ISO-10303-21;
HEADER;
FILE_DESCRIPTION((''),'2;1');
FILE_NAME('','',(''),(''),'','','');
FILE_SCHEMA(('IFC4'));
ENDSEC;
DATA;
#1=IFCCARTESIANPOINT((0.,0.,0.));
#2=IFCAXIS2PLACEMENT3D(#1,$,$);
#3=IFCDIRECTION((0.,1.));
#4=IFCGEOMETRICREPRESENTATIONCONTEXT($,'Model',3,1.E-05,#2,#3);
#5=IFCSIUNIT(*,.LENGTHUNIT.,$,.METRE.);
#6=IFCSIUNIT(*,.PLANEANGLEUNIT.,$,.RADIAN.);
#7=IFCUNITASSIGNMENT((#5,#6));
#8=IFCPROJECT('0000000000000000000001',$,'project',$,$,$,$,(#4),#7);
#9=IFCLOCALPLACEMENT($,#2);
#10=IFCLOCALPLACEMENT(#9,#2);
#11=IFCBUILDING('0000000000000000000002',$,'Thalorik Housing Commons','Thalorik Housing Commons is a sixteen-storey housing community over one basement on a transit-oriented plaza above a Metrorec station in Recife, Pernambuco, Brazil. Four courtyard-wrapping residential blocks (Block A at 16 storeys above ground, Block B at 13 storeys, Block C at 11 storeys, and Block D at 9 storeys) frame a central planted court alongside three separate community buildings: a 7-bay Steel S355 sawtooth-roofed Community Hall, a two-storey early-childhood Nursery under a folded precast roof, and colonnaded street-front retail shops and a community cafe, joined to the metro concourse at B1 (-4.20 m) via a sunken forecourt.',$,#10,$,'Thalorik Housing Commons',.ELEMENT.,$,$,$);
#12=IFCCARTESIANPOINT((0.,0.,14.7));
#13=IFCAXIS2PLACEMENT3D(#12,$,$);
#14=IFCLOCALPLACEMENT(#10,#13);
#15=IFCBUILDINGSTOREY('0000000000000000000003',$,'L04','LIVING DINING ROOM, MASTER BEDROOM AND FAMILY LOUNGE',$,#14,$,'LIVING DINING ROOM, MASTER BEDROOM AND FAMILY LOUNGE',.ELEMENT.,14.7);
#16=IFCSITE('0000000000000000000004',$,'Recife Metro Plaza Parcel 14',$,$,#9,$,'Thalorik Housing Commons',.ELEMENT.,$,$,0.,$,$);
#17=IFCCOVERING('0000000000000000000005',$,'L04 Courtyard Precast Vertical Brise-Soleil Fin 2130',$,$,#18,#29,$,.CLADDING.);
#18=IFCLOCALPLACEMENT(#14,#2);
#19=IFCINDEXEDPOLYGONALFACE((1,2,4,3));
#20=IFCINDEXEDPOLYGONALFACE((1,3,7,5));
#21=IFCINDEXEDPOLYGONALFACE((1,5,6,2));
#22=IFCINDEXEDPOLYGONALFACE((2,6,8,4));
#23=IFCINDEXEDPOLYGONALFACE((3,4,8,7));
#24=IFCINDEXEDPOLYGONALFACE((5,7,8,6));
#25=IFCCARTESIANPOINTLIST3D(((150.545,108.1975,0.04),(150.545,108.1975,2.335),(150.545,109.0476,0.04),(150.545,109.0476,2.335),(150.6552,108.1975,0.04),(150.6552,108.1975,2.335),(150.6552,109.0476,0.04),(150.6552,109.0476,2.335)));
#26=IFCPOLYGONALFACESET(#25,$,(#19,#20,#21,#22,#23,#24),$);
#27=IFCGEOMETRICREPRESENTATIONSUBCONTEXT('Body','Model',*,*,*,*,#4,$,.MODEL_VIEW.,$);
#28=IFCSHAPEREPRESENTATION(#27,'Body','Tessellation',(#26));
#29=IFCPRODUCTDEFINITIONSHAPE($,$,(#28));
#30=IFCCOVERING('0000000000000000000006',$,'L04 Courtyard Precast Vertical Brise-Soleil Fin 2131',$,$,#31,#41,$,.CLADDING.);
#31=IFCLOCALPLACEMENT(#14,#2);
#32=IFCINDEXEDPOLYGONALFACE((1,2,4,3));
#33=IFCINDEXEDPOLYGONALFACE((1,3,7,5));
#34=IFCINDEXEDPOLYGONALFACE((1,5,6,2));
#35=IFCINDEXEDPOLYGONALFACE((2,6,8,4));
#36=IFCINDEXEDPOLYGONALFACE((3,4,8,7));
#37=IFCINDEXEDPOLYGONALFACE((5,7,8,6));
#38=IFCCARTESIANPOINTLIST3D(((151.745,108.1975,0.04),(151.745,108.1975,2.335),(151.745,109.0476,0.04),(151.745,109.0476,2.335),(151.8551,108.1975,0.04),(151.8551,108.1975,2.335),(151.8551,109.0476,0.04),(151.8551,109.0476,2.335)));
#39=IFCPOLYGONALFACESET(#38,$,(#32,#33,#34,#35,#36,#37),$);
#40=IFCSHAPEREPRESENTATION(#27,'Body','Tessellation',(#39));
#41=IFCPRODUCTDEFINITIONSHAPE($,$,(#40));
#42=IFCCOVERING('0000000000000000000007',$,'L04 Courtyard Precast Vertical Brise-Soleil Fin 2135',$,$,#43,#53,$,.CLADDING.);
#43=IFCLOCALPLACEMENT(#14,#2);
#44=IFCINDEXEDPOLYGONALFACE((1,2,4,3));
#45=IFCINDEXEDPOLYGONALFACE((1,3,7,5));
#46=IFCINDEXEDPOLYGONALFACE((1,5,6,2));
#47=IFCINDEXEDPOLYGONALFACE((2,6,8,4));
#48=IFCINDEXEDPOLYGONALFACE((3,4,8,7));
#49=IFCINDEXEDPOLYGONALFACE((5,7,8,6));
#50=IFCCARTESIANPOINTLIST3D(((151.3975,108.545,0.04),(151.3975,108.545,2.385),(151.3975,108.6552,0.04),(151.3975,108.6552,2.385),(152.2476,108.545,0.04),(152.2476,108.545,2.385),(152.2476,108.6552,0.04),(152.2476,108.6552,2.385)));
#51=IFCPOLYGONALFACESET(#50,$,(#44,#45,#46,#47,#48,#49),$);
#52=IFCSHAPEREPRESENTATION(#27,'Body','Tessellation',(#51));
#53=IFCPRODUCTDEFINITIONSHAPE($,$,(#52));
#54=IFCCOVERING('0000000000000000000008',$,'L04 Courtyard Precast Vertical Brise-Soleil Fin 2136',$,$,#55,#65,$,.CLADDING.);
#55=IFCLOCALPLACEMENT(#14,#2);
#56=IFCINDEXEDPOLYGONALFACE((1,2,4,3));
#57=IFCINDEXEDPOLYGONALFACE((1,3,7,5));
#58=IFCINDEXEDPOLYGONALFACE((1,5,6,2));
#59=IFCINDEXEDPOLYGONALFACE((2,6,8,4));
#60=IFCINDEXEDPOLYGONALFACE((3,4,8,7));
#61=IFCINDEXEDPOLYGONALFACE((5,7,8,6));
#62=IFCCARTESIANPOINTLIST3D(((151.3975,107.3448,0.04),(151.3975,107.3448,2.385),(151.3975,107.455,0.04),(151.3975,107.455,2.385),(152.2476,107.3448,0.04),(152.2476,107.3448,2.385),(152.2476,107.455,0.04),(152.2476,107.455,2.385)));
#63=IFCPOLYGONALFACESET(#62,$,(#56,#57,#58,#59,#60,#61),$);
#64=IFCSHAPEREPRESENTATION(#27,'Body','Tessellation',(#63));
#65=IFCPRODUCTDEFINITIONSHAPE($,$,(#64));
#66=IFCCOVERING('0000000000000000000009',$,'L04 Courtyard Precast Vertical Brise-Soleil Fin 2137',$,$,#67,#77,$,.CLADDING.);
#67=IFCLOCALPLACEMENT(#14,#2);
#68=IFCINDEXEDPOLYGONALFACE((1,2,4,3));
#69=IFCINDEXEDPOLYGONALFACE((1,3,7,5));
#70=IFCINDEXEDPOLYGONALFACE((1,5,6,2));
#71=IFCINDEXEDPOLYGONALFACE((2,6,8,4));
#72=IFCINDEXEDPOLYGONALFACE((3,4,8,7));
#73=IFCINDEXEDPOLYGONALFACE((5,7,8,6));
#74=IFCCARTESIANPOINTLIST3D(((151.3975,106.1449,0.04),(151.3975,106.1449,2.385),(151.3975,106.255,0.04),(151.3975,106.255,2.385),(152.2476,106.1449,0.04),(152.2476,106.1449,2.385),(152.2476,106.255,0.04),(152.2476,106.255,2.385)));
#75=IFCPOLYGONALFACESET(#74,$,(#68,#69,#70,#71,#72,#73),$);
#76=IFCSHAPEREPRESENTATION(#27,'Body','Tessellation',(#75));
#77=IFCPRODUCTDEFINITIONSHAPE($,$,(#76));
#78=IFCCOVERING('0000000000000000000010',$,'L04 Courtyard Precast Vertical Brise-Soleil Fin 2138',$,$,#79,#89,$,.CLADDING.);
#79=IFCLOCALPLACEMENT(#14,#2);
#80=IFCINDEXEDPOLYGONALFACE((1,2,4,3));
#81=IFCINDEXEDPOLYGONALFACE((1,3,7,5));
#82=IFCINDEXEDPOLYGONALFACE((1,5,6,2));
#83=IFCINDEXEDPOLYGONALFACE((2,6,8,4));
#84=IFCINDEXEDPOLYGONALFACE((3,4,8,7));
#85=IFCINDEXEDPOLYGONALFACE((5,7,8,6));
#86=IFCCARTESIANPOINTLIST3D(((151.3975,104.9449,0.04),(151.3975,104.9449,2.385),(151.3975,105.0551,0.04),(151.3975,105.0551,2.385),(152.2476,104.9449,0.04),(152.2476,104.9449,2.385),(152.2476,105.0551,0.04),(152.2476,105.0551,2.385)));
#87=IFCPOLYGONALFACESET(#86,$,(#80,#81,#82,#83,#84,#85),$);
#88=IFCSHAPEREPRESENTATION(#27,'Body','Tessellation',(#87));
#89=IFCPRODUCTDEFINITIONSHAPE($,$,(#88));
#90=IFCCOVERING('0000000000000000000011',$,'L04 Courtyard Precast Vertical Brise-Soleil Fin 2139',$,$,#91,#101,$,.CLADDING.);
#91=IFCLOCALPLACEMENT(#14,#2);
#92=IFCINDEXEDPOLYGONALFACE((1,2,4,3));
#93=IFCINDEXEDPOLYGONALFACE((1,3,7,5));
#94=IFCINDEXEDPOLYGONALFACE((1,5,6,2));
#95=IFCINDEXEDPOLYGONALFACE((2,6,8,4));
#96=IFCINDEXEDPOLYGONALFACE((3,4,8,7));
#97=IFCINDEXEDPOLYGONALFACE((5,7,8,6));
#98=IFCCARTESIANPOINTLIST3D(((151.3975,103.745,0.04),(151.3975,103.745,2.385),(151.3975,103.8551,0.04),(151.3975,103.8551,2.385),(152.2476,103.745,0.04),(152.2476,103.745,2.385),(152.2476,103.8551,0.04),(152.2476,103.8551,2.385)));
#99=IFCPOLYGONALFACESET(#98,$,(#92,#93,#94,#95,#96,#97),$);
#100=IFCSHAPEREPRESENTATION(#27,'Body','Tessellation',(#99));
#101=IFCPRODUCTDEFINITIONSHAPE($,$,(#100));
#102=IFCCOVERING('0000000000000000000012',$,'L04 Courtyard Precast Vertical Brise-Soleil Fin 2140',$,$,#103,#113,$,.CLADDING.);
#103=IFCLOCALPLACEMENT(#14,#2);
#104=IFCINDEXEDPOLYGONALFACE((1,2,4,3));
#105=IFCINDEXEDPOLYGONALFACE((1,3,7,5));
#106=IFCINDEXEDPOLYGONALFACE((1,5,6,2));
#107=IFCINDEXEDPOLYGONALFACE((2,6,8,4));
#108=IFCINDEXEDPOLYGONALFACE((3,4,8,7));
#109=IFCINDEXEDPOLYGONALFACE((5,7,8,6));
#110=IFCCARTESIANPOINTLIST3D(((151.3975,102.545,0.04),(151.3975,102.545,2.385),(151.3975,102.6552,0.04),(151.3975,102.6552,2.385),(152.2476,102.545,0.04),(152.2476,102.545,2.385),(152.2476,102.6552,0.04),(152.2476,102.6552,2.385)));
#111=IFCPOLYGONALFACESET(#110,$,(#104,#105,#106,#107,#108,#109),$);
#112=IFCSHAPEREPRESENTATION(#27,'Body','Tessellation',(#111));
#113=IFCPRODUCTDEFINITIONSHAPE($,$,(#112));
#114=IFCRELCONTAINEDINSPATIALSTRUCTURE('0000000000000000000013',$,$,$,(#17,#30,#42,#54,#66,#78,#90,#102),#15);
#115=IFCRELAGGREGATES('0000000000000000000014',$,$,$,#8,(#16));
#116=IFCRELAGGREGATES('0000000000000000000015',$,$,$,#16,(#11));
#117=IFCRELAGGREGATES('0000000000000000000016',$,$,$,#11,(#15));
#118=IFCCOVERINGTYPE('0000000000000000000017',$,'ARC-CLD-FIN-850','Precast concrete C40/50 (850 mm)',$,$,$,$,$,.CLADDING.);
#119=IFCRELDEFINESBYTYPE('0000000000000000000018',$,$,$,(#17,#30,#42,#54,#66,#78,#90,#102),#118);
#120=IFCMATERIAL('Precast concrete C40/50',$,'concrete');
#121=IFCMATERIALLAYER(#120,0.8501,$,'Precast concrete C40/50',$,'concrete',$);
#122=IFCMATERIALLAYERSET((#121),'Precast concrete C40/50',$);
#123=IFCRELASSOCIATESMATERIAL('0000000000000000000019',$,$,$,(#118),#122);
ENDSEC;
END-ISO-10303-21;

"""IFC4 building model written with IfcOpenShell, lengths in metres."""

from ifc_helpers import new_model, si_unit, direction, frame, origin, origin_2d, place, context, subcontext, project, spatial, rectangle, extrude, material, layer, layer_set, type_object, element, save


model = new_model("IFC4")

# Units and contexts
model_context = context("Model", 3, precision=1e-05, world=origin(), true_north=direction((0.0, 1.0)))
body_context = subcontext(model_context, "Body", "Model", "MODEL_VIEW")
ifc_project = project(units=[si_unit("LENGTHUNIT", "METRE"), si_unit("PLANEANGLEUNIT", "RADIAN")], contexts=[model_context])

# Site, building, storey
site_placement = place(None, origin())
site = spatial("IfcSite", under=ifc_project, at=site_placement, Name="Recife Metro Plaza Parcel 14", LongName="Thalorik Housing Commons", CompositionType="ELEMENT", RefElevation=0.0)
building_placement = place(site_placement, origin())
building = spatial("IfcBuilding", under=site, at=building_placement, Name="Thalorik Housing Commons", Description="Thalorik Housing Commons is a sixteen-storey housing community over one basement on a transit-oriented plaza above a Metrorec station in Recife, Pernambuco, Brazil. Four courtyard-wrapping residential blocks (Block A at 16 storeys above ground, Block B at 13 storeys, Block C at 11 storeys, and Block D at 9 storeys) frame a central planted court alongside three separate community buildings: a 7-bay Steel S355 sawtooth-roofed Community Hall, a two-storey early-childhood Nursery under a folded precast roof, and colonnaded street-front retail shops and a community cafe, joined to the metro concourse at B1 (-4.20 m) via a sunken forecourt.", LongName="Thalorik Housing Commons", CompositionType="ELEMENT")
storey_placement = place(building_placement, frame((0.0, 0.0, 14.7)))
storey = spatial("IfcBuildingStorey", under=building, at=storey_placement, Name="L04", Description="LIVING DINING ROOM, MASTER BEDROOM AND FAMILY LOUNGE", LongName="LIVING DINING ROOM, MASTER BEDROOM AND FAMILY LOUNGE", CompositionType="ELEMENT", Elevation=14.7)

# Coverings
ifc_material = material(Name="Precast concrete C40/50", Category="concrete")
ifc_layer = layer(ifc_material, 0.8501, Name="Precast concrete C40/50", Category="concrete")
ifc_layer_set = layer_set([ifc_layer], Name="Precast concrete C40/50")
covering_type = type_object("IfcCoveringType", Name="ARC-CLD-FIN-850", Description="Precast concrete C40/50 (850 mm)", PredefinedType="CLADDING", material=ifc_layer_set)
for number, where, z_axis, x_axis, name in (
    (1, (150.6001, 108.6226, 0.04), (0.0, 0.0, 1.0), (1.0, 0.0, 0.0), "L04 Courtyard Precast Vertical Brise-Soleil Fin 2130"),
    (2, (151.8, 108.6226, 0.04), (0.0, 0.0, 1.0), (1.0, 0.0, 0.0), "L04 Courtyard Precast Vertical Brise-Soleil Fin 2131"),
):
    element("IfcCovering", number, at=place(storey_placement, frame(where, z_axis=z_axis, x_axis=x_axis)), inside=storey, type_object=covering_type, Name=name, PredefinedType="CLADDING", context=body_context, shape_type="SweptSolid", body=[
        extrude(rectangle(XDim=0.1101, YDim=0.8501, at=origin_2d()), origin(), (0.0, 0.0, 1.0), 2.2949),
    ])
for number, where, z_axis, x_axis, name in (
    (3, (151.8225, 108.6001, 0.04), (0.0, 0.0, 1.0), (0.0, -1.0, 0.0), "L04 Courtyard Precast Vertical Brise-Soleil Fin 2135"),
    (4, (151.8225, 107.3999, 0.04), (0.0, 0.0, 1.0), (0.0, -1.0, 0.0), "L04 Courtyard Precast Vertical Brise-Soleil Fin 2136"),
    (5, (151.8225, 106.2, 0.04), (0.0, 0.0, 1.0), (0.0, -1.0, 0.0), "L04 Courtyard Precast Vertical Brise-Soleil Fin 2137"),
    (6, (151.8225, 105.0, 0.04), (0.0, 0.0, 1.0), (0.0, -1.0, 0.0), "L04 Courtyard Precast Vertical Brise-Soleil Fin 2138"),
    (7, (151.8225, 103.8, 0.04), (0.0, 0.0, 1.0), (0.0, -1.0, 0.0), "L04 Courtyard Precast Vertical Brise-Soleil Fin 2139"),
    (8, (151.8225, 102.6001, 0.04), (0.0, 0.0, 1.0), (0.0, -1.0, 0.0), "L04 Courtyard Precast Vertical Brise-Soleil Fin 2140"),
):
    element("IfcCovering", number, at=place(storey_placement, frame(where, z_axis=z_axis, x_axis=x_axis)), inside=storey, type_object=covering_type, Name=name, PredefinedType="CLADDING", context=body_context, shape_type="SweptSolid", body=[
        extrude(rectangle(XDim=0.1101, YDim=0.8501, at=origin_2d()), origin(), (0.0, 0.0, 1.0), 2.345),
    ])

save(model, "model.ifc")
